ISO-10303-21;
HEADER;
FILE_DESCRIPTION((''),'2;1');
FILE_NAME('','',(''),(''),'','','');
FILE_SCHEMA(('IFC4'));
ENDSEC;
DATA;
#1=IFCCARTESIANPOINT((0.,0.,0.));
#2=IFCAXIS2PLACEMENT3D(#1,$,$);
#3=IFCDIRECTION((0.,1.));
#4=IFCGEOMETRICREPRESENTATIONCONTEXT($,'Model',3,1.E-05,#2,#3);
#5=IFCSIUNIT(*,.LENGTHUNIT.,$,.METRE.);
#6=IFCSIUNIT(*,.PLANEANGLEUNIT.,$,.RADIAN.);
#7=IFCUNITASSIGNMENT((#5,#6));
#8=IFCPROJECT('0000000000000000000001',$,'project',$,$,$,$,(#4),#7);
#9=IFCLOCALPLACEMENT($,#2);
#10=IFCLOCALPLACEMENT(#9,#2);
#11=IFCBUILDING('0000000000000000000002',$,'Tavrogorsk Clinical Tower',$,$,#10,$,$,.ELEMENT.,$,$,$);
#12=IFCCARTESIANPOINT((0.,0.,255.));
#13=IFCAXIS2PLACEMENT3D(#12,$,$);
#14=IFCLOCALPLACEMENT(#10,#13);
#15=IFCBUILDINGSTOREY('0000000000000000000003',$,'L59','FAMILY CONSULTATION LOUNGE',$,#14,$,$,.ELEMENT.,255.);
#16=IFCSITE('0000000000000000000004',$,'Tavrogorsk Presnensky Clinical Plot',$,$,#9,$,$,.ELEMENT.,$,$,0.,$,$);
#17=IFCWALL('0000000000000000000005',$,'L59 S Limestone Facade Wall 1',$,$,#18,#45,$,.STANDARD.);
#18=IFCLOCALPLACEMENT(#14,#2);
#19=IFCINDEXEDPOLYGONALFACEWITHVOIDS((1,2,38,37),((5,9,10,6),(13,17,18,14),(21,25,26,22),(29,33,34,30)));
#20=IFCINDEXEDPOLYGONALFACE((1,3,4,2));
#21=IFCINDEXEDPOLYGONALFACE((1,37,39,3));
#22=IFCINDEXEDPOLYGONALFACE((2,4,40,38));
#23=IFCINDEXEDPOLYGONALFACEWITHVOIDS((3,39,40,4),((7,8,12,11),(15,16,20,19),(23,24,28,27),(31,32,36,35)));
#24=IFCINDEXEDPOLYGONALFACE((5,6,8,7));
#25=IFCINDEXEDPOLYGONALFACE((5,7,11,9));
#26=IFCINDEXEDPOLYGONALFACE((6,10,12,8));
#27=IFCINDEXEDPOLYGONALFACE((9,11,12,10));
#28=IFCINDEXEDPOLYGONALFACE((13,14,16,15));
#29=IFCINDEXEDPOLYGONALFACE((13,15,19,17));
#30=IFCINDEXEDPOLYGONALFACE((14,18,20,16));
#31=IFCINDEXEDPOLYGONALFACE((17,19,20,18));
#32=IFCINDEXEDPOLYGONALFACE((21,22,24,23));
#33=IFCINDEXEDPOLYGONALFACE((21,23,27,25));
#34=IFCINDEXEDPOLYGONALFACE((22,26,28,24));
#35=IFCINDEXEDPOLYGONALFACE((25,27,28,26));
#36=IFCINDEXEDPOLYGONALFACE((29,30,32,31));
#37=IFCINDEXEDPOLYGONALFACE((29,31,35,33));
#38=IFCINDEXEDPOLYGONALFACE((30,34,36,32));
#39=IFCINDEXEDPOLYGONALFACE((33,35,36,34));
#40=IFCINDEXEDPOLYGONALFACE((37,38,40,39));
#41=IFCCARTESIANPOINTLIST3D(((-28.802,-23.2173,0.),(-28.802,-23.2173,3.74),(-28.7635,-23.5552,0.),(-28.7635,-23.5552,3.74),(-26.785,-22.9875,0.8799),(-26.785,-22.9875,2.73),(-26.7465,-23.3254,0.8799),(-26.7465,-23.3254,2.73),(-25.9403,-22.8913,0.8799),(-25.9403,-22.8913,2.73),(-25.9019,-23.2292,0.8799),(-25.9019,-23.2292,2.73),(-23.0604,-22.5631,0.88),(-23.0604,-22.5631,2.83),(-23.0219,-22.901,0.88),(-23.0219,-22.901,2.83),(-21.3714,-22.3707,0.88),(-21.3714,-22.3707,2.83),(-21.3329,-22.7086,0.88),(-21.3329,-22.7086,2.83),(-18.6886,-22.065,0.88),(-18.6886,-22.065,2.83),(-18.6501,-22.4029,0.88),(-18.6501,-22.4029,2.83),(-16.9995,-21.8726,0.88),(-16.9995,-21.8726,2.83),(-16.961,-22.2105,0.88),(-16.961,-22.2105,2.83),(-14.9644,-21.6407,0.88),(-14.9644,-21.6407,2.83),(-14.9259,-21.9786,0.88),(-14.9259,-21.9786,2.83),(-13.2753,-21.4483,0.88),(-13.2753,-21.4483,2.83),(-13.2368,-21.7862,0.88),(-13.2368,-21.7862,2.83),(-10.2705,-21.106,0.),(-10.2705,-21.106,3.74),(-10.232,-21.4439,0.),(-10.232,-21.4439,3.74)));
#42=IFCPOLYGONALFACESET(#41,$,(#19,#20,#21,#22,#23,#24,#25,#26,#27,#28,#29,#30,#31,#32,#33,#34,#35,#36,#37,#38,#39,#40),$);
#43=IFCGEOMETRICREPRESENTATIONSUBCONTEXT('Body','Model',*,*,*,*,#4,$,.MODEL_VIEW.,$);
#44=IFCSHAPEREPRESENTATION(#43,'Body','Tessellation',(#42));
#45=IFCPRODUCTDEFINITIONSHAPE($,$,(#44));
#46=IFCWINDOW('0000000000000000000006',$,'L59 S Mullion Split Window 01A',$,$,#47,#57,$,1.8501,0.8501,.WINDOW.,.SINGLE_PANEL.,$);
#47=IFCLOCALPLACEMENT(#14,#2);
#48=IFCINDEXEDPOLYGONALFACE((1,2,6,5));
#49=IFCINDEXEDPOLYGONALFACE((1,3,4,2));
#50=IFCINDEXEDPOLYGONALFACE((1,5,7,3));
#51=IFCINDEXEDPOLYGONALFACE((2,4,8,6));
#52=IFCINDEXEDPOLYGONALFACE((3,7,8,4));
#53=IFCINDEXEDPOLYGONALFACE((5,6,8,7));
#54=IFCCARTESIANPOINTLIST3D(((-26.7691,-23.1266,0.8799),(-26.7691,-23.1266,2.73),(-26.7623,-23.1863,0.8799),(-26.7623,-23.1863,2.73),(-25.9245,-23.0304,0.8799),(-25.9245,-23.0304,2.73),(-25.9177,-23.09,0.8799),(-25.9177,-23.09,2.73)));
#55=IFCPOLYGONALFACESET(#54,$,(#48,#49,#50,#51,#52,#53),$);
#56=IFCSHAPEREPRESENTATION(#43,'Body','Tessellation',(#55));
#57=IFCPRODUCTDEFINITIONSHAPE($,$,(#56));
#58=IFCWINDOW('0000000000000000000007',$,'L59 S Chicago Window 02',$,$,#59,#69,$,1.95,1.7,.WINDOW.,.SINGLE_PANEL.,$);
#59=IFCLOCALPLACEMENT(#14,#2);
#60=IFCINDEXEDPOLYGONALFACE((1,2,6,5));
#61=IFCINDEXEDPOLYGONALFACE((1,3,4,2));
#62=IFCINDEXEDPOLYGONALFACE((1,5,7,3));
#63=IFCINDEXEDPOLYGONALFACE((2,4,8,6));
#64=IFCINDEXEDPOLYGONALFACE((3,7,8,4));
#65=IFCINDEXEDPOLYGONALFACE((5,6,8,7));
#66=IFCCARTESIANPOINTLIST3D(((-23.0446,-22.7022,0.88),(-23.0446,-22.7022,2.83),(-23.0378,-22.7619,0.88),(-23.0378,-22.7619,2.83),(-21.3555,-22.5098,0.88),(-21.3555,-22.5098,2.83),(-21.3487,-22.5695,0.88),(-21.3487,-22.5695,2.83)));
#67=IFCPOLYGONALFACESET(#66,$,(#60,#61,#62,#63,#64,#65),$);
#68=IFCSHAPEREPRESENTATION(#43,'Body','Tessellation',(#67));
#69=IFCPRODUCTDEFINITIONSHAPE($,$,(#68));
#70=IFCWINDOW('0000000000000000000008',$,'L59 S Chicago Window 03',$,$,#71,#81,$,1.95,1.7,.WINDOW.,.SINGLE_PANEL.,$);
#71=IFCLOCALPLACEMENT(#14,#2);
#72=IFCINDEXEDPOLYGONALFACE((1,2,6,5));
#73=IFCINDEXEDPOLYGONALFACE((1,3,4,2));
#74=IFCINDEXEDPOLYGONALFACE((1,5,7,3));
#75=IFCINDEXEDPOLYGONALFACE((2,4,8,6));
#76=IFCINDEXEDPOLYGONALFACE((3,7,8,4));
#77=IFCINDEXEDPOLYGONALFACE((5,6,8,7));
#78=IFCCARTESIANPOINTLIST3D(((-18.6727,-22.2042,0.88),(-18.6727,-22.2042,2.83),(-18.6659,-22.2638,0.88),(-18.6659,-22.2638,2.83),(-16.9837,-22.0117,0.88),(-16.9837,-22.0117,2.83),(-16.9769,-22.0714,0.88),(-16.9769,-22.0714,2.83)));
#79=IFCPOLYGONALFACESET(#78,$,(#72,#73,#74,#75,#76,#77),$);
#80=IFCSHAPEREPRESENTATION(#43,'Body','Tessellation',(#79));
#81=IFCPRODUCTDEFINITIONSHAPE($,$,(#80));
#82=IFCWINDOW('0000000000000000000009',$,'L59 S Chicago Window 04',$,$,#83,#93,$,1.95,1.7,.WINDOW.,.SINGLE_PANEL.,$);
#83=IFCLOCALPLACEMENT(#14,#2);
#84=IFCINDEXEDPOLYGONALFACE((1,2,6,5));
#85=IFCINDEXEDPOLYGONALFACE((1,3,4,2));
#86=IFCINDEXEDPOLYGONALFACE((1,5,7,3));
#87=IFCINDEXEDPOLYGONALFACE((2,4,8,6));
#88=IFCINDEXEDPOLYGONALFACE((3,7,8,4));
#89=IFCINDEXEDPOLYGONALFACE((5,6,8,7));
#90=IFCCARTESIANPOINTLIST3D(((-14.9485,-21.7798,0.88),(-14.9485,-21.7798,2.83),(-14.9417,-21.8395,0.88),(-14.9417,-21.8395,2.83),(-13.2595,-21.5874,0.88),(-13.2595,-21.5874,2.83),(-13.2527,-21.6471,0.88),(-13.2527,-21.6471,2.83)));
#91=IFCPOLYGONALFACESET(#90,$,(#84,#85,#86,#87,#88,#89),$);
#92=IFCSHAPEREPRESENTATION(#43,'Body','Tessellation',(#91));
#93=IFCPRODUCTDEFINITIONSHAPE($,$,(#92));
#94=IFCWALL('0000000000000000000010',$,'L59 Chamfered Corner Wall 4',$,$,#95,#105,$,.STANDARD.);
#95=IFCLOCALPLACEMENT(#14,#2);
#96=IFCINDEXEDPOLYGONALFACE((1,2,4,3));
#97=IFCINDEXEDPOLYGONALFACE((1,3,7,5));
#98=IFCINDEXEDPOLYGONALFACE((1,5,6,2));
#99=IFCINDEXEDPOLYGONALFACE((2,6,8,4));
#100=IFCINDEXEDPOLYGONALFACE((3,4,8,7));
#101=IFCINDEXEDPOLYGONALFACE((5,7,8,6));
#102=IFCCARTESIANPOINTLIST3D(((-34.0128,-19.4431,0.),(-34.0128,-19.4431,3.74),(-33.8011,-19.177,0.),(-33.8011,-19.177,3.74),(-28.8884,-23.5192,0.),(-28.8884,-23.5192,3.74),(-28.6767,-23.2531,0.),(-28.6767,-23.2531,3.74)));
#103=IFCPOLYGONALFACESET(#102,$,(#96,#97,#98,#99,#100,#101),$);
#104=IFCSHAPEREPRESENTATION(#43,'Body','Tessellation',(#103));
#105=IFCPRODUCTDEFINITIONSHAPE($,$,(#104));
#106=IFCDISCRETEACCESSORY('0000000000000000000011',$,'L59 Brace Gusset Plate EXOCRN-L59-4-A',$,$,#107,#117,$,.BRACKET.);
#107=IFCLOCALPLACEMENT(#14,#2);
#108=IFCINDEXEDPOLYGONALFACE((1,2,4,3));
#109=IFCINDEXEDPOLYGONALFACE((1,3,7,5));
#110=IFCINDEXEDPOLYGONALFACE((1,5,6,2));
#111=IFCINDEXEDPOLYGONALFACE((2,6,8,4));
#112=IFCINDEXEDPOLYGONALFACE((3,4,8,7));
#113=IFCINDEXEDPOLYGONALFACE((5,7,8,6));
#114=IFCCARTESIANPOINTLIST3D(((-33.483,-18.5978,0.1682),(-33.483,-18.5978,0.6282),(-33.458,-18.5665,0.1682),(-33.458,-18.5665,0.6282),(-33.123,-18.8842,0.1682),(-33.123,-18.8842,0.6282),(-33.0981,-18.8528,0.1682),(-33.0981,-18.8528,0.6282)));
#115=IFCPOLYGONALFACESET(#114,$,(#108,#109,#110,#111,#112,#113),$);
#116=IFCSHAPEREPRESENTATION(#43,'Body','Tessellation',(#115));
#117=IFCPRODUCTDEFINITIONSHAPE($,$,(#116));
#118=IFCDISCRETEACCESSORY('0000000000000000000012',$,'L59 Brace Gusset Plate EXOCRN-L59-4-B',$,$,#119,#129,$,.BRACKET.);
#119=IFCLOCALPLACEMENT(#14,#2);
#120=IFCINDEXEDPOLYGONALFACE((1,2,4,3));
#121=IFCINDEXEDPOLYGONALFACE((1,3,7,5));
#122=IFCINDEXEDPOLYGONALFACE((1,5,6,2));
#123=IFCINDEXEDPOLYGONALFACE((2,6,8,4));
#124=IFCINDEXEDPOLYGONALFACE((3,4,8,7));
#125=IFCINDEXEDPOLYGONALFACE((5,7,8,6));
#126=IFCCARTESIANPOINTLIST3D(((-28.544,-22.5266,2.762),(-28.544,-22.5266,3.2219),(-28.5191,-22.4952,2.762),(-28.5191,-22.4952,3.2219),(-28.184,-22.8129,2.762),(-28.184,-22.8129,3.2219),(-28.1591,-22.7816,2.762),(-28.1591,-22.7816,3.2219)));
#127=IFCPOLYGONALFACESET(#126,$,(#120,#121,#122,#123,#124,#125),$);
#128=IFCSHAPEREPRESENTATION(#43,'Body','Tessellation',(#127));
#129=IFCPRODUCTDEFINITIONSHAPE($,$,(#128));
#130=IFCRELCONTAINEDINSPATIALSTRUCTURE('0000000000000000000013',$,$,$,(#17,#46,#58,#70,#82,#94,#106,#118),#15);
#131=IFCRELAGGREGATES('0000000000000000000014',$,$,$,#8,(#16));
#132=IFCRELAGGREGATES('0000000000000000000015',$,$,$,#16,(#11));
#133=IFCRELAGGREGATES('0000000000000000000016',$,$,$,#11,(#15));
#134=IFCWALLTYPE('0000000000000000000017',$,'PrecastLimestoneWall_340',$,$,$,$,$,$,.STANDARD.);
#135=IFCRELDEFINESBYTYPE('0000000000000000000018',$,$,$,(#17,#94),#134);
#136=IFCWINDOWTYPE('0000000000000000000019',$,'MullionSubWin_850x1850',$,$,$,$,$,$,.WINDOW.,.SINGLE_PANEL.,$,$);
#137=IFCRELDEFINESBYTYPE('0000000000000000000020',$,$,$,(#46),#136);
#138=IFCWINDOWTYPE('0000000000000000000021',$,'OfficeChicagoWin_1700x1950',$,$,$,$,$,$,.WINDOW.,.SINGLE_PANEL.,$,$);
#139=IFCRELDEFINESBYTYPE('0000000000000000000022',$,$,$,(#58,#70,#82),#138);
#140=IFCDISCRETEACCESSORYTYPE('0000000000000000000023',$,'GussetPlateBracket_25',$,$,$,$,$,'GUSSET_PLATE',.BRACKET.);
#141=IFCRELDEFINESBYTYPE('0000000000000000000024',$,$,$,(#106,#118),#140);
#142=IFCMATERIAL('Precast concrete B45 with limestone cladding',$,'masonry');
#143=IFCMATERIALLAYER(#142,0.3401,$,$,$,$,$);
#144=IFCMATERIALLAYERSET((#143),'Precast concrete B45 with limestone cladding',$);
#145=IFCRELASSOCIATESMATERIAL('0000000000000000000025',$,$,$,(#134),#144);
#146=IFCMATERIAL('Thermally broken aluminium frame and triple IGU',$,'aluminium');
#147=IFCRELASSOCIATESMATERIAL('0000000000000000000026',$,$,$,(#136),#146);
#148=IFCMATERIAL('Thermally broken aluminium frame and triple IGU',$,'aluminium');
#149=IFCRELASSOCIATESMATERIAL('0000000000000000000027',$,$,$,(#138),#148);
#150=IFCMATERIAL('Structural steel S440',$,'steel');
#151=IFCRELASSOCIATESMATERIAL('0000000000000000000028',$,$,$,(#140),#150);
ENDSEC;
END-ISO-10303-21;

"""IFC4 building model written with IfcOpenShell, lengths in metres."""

from ifc_helpers import new_model, si_unit, direction, frame, frame_2d, origin, origin_2d, place, context, subcontext, project, spatial, rectangle, extrude, material, layer, layer_set, type_object, element, fill, save


model = new_model("IFC4")

# Units and contexts
model_context = context("Model", 3, precision=1e-05, world=origin(), true_north=direction((0.0, 1.0)))
body_context = subcontext(model_context, "Body", "Model", "MODEL_VIEW")
ifc_project = project(units=[si_unit("LENGTHUNIT", "METRE"), si_unit("PLANEANGLEUNIT", "RADIAN")], contexts=[model_context])

# Site, building, storey
site_placement = place(None, origin())
site = spatial("IfcSite", under=ifc_project, at=site_placement, Name="Tavrogorsk Presnensky Clinical Plot", CompositionType="ELEMENT", RefElevation=0.0)
building_placement = place(site_placement, origin())
building = spatial("IfcBuilding", under=site, at=building_placement, Name="Tavrogorsk Clinical Tower", CompositionType="ELEMENT")
storey_placement = place(building_placement, frame((0.0, 0.0, 255.0)))
storey = spatial("IfcBuildingStorey", under=building, at=storey_placement, Name="L59", Description="FAMILY CONSULTATION LOUNGE", CompositionType="ELEMENT", Elevation=255.0)

# Wall, openings, windows
ifc_material_1 = material(Name="Precast concrete B45 with limestone cladding", Category="masonry")
ifc_layer_1 = layer(ifc_material_1, 0.3401)
ifc_layer_set_1 = layer_set([ifc_layer_1], Name="Precast concrete B45 with limestone cladding")
wall_type_1 = type_object("IfcWallType", Name="PrecastLimestoneWall_340", PredefinedType="STANDARD", material=ifc_layer_set_1)
wall_1_placement = place(storey_placement, frame((-28.7827, -23.3862, 0.0), z_axis=(0.0, 0.0, 1.0), x_axis=(0.993572, 0.1132, 0.0)))
wall_1 = element("IfcWall", 1, at=wall_1_placement, inside=storey, type_object=wall_type_1, Name="L59 S Limestone Facade Wall 1", PredefinedType="STANDARD", context=body_context, shape_type="SweptSolid", body=[
    extrude(rectangle(XDim=18.6514, YDim=0.3401, at=frame_2d((9.3257, 0.0))), origin(), (0.0, 0.0, 1.0), 3.74),
])
opening_1_placement = place(wall_1_placement, frame((2.03, 0.0, 0.8799)))
opening_1 = element("IfcOpeningElement", 2, at=opening_1_placement, cuts=wall_1, PredefinedType="OPENING", context=body_context, shape_type="SweptSolid", body=[
    extrude(rectangle(XDim=0.8501, YDim=1.8501, at=frame_2d((0.425, 0.925))), frame((0.0, 0.1799, 0.0), z_axis=(0.0, -1.0, 0.0), x_axis=(1.0, 0.0, 0.0)), (0.0, 0.0, 1.0), 0.3601),
])
opening_2_placement = place(wall_1_placement, frame((5.7786, 0.0, 0.8799)))
opening_2 = element("IfcOpeningElement", 3, at=opening_2_placement, cuts=wall_1, PredefinedType="OPENING", context=body_context, shape_type="SweptSolid", body=[
    extrude(rectangle(XDim=1.7, YDim=1.95, at=frame_2d((0.8501, 0.9751))), frame((0.0, 0.1799, 0.0), z_axis=(0.0, -1.0, 0.0), x_axis=(1.0, 0.0, 0.0)), (0.0, 0.0, 1.0), 0.3601),
])
opening_3_placement = place(wall_1_placement, frame((10.1787, 0.0, 0.8799)))
opening_3 = element("IfcOpeningElement", 4, at=opening_3_placement, cuts=wall_1, PredefinedType="OPENING", context=body_context, shape_type="SweptSolid", body=[
    extrude(rectangle(XDim=1.7, YDim=1.95, at=frame_2d((0.8501, 0.9751))), frame((0.0, 0.1799, 0.0), z_axis=(0.0, -1.0, 0.0), x_axis=(1.0, 0.0, 0.0)), (0.0, 0.0, 1.0), 0.3601),
])
opening_4_placement = place(wall_1_placement, frame((13.927, 0.0, 0.8799)))
opening_4 = element("IfcOpeningElement", 5, at=opening_4_placement, cuts=wall_1, PredefinedType="OPENING", context=body_context, shape_type="SweptSolid", body=[
    extrude(rectangle(XDim=1.7, YDim=1.95, at=frame_2d((0.8501, 0.9751))), frame((0.0, 0.1799, 0.0), z_axis=(0.0, -1.0, 0.0), x_axis=(1.0, 0.0, 0.0)), (0.0, 0.0, 1.0), 0.3601),
])
ifc_material_2 = material(Name="Thermally broken aluminium frame and triple IGU", Category="aluminium")
window_type_1 = type_object("IfcWindowType", Name="MullionSubWin_850x1850", PartitioningType="SINGLE_PANEL", PredefinedType="WINDOW", material=ifc_material_2)
window_1_placement = place(opening_1_placement, origin())
window_1 = element("IfcWindow", 6, at=window_1_placement, inside=storey, type_object=window_type_1, Name="L59 S Mullion Split Window 01A", OverallHeight=1.8501, OverallWidth=0.8501, PartitioningType="SINGLE_PANEL", PredefinedType="WINDOW", context=body_context, shape_type="SweptSolid", body=[
    extrude(rectangle(XDim=0.8501, YDim=1.8501, at=frame_2d((0.425, 0.925))), frame((0.0, 0.03, 0.0), z_axis=(0.0, -1.0, 0.0), x_axis=(1.0, 0.0, 0.0)), (0.0, 0.0, 1.0), 0.0601),
])
fill(opening_1, window_1)
ifc_material_3 = material(Name="Thermally broken aluminium frame and triple IGU", Category="aluminium")
window_type_2 = type_object("IfcWindowType", Name="OfficeChicagoWin_1700x1950", PartitioningType="SINGLE_PANEL", PredefinedType="WINDOW", material=ifc_material_3)
window_2_placement = place(opening_2_placement, origin())
window_2 = element("IfcWindow", 7, at=window_2_placement, inside=storey, type_object=window_type_2, Name="L59 S Chicago Window 02", OverallHeight=1.95, OverallWidth=1.7, PartitioningType="SINGLE_PANEL", PredefinedType="WINDOW", context=body_context, shape_type="SweptSolid", body=[
    extrude(rectangle(XDim=1.7, YDim=1.95, at=frame_2d((0.8501, 0.9751))), frame((0.0, 0.03, 0.0), z_axis=(0.0, -1.0, 0.0), x_axis=(1.0, 0.0, 0.0)), (0.0, 0.0, 1.0), 0.0601),
])
fill(opening_2, window_2)
window_3_placement = place(opening_3_placement, origin())
window_3 = element("IfcWindow", 8, at=window_3_placement, inside=storey, type_object=window_type_2, Name="L59 S Chicago Window 03", OverallHeight=1.95, OverallWidth=1.7, PartitioningType="SINGLE_PANEL", PredefinedType="WINDOW", context=body_context, shape_type="SweptSolid", body=[
    extrude(rectangle(XDim=1.7, YDim=1.95, at=frame_2d((0.8501, 0.9751))), frame((0.0, 0.03, 0.0), z_axis=(0.0, -1.0, 0.0), x_axis=(1.0, 0.0, 0.0)), (0.0, 0.0, 1.0), 0.0601),
])
fill(opening_3, window_3)
window_4_placement = place(opening_4_placement, origin())
window_4 = element("IfcWindow", 9, at=window_4_placement, inside=storey, type_object=window_type_2, Name="L59 S Chicago Window 04", OverallHeight=1.95, OverallWidth=1.7, PartitioningType="SINGLE_PANEL", PredefinedType="WINDOW", context=body_context, shape_type="SweptSolid", body=[
    extrude(rectangle(XDim=1.7, YDim=1.95, at=frame_2d((0.8501, 0.9751))), frame((0.0, 0.03, 0.0), z_axis=(0.0, -1.0, 0.0), x_axis=(1.0, 0.0, 0.0)), (0.0, 0.0, 1.0), 0.0601),
])
fill(opening_4, window_4)

# Wall
wall_2_placement = place(storey_placement, frame((-33.907, -19.3101, 0.0), z_axis=(0.0, 0.0, 1.0), x_axis=(0.782612, -0.62251, 0.0)))
element("IfcWall", 10, at=wall_2_placement, inside=storey, type_object=wall_type_1, Name="L59 Chamfered Corner Wall 4", PredefinedType="STANDARD", context=body_context, shape_type="SweptSolid", body=[
    extrude(rectangle(XDim=6.5479, YDim=0.3401, at=frame_2d((3.2739, 0.0))), origin(), (0.0, 0.0, 1.0), 3.74),
])

# Discrete accessories
ifc_material_4 = material(Name="Structural steel S440", Category="steel")
discrete_accessory_type = type_object("IfcDiscreteAccessoryType", Name="GussetPlateBracket_25", ElementType="GUSSET_PLATE", PredefinedType="BRACKET", material=ifc_material_4)
for number, where, z_axis, x_axis, name in (
    (11, (-33.2905, -18.7253, 0.1682), (0.0, 0.0, 1.0), (0.782608, -0.622515, 0.0), "L59 Brace Gusset Plate EXOCRN-L59-4-A"),
    (12, (-28.3516, -22.6541, 2.762), (0.0, 0.0, 1.0), (0.782608, -0.622515, 0.0), "L59 Brace Gusset Plate EXOCRN-L59-4-B"),
):
    element("IfcDiscreteAccessory", number, at=place(storey_placement, frame(where, z_axis=z_axis, x_axis=x_axis)), inside=storey, type_object=discrete_accessory_type, Name=name, PredefinedType="BRACKET", context=body_context, shape_type="SweptSolid", body=[
        extrude(rectangle(XDim=0.46, YDim=0.04, at=origin_2d()), origin(), (0.0, 0.0, 1.0), 0.46),
    ])

save(model, "model.ifc")
